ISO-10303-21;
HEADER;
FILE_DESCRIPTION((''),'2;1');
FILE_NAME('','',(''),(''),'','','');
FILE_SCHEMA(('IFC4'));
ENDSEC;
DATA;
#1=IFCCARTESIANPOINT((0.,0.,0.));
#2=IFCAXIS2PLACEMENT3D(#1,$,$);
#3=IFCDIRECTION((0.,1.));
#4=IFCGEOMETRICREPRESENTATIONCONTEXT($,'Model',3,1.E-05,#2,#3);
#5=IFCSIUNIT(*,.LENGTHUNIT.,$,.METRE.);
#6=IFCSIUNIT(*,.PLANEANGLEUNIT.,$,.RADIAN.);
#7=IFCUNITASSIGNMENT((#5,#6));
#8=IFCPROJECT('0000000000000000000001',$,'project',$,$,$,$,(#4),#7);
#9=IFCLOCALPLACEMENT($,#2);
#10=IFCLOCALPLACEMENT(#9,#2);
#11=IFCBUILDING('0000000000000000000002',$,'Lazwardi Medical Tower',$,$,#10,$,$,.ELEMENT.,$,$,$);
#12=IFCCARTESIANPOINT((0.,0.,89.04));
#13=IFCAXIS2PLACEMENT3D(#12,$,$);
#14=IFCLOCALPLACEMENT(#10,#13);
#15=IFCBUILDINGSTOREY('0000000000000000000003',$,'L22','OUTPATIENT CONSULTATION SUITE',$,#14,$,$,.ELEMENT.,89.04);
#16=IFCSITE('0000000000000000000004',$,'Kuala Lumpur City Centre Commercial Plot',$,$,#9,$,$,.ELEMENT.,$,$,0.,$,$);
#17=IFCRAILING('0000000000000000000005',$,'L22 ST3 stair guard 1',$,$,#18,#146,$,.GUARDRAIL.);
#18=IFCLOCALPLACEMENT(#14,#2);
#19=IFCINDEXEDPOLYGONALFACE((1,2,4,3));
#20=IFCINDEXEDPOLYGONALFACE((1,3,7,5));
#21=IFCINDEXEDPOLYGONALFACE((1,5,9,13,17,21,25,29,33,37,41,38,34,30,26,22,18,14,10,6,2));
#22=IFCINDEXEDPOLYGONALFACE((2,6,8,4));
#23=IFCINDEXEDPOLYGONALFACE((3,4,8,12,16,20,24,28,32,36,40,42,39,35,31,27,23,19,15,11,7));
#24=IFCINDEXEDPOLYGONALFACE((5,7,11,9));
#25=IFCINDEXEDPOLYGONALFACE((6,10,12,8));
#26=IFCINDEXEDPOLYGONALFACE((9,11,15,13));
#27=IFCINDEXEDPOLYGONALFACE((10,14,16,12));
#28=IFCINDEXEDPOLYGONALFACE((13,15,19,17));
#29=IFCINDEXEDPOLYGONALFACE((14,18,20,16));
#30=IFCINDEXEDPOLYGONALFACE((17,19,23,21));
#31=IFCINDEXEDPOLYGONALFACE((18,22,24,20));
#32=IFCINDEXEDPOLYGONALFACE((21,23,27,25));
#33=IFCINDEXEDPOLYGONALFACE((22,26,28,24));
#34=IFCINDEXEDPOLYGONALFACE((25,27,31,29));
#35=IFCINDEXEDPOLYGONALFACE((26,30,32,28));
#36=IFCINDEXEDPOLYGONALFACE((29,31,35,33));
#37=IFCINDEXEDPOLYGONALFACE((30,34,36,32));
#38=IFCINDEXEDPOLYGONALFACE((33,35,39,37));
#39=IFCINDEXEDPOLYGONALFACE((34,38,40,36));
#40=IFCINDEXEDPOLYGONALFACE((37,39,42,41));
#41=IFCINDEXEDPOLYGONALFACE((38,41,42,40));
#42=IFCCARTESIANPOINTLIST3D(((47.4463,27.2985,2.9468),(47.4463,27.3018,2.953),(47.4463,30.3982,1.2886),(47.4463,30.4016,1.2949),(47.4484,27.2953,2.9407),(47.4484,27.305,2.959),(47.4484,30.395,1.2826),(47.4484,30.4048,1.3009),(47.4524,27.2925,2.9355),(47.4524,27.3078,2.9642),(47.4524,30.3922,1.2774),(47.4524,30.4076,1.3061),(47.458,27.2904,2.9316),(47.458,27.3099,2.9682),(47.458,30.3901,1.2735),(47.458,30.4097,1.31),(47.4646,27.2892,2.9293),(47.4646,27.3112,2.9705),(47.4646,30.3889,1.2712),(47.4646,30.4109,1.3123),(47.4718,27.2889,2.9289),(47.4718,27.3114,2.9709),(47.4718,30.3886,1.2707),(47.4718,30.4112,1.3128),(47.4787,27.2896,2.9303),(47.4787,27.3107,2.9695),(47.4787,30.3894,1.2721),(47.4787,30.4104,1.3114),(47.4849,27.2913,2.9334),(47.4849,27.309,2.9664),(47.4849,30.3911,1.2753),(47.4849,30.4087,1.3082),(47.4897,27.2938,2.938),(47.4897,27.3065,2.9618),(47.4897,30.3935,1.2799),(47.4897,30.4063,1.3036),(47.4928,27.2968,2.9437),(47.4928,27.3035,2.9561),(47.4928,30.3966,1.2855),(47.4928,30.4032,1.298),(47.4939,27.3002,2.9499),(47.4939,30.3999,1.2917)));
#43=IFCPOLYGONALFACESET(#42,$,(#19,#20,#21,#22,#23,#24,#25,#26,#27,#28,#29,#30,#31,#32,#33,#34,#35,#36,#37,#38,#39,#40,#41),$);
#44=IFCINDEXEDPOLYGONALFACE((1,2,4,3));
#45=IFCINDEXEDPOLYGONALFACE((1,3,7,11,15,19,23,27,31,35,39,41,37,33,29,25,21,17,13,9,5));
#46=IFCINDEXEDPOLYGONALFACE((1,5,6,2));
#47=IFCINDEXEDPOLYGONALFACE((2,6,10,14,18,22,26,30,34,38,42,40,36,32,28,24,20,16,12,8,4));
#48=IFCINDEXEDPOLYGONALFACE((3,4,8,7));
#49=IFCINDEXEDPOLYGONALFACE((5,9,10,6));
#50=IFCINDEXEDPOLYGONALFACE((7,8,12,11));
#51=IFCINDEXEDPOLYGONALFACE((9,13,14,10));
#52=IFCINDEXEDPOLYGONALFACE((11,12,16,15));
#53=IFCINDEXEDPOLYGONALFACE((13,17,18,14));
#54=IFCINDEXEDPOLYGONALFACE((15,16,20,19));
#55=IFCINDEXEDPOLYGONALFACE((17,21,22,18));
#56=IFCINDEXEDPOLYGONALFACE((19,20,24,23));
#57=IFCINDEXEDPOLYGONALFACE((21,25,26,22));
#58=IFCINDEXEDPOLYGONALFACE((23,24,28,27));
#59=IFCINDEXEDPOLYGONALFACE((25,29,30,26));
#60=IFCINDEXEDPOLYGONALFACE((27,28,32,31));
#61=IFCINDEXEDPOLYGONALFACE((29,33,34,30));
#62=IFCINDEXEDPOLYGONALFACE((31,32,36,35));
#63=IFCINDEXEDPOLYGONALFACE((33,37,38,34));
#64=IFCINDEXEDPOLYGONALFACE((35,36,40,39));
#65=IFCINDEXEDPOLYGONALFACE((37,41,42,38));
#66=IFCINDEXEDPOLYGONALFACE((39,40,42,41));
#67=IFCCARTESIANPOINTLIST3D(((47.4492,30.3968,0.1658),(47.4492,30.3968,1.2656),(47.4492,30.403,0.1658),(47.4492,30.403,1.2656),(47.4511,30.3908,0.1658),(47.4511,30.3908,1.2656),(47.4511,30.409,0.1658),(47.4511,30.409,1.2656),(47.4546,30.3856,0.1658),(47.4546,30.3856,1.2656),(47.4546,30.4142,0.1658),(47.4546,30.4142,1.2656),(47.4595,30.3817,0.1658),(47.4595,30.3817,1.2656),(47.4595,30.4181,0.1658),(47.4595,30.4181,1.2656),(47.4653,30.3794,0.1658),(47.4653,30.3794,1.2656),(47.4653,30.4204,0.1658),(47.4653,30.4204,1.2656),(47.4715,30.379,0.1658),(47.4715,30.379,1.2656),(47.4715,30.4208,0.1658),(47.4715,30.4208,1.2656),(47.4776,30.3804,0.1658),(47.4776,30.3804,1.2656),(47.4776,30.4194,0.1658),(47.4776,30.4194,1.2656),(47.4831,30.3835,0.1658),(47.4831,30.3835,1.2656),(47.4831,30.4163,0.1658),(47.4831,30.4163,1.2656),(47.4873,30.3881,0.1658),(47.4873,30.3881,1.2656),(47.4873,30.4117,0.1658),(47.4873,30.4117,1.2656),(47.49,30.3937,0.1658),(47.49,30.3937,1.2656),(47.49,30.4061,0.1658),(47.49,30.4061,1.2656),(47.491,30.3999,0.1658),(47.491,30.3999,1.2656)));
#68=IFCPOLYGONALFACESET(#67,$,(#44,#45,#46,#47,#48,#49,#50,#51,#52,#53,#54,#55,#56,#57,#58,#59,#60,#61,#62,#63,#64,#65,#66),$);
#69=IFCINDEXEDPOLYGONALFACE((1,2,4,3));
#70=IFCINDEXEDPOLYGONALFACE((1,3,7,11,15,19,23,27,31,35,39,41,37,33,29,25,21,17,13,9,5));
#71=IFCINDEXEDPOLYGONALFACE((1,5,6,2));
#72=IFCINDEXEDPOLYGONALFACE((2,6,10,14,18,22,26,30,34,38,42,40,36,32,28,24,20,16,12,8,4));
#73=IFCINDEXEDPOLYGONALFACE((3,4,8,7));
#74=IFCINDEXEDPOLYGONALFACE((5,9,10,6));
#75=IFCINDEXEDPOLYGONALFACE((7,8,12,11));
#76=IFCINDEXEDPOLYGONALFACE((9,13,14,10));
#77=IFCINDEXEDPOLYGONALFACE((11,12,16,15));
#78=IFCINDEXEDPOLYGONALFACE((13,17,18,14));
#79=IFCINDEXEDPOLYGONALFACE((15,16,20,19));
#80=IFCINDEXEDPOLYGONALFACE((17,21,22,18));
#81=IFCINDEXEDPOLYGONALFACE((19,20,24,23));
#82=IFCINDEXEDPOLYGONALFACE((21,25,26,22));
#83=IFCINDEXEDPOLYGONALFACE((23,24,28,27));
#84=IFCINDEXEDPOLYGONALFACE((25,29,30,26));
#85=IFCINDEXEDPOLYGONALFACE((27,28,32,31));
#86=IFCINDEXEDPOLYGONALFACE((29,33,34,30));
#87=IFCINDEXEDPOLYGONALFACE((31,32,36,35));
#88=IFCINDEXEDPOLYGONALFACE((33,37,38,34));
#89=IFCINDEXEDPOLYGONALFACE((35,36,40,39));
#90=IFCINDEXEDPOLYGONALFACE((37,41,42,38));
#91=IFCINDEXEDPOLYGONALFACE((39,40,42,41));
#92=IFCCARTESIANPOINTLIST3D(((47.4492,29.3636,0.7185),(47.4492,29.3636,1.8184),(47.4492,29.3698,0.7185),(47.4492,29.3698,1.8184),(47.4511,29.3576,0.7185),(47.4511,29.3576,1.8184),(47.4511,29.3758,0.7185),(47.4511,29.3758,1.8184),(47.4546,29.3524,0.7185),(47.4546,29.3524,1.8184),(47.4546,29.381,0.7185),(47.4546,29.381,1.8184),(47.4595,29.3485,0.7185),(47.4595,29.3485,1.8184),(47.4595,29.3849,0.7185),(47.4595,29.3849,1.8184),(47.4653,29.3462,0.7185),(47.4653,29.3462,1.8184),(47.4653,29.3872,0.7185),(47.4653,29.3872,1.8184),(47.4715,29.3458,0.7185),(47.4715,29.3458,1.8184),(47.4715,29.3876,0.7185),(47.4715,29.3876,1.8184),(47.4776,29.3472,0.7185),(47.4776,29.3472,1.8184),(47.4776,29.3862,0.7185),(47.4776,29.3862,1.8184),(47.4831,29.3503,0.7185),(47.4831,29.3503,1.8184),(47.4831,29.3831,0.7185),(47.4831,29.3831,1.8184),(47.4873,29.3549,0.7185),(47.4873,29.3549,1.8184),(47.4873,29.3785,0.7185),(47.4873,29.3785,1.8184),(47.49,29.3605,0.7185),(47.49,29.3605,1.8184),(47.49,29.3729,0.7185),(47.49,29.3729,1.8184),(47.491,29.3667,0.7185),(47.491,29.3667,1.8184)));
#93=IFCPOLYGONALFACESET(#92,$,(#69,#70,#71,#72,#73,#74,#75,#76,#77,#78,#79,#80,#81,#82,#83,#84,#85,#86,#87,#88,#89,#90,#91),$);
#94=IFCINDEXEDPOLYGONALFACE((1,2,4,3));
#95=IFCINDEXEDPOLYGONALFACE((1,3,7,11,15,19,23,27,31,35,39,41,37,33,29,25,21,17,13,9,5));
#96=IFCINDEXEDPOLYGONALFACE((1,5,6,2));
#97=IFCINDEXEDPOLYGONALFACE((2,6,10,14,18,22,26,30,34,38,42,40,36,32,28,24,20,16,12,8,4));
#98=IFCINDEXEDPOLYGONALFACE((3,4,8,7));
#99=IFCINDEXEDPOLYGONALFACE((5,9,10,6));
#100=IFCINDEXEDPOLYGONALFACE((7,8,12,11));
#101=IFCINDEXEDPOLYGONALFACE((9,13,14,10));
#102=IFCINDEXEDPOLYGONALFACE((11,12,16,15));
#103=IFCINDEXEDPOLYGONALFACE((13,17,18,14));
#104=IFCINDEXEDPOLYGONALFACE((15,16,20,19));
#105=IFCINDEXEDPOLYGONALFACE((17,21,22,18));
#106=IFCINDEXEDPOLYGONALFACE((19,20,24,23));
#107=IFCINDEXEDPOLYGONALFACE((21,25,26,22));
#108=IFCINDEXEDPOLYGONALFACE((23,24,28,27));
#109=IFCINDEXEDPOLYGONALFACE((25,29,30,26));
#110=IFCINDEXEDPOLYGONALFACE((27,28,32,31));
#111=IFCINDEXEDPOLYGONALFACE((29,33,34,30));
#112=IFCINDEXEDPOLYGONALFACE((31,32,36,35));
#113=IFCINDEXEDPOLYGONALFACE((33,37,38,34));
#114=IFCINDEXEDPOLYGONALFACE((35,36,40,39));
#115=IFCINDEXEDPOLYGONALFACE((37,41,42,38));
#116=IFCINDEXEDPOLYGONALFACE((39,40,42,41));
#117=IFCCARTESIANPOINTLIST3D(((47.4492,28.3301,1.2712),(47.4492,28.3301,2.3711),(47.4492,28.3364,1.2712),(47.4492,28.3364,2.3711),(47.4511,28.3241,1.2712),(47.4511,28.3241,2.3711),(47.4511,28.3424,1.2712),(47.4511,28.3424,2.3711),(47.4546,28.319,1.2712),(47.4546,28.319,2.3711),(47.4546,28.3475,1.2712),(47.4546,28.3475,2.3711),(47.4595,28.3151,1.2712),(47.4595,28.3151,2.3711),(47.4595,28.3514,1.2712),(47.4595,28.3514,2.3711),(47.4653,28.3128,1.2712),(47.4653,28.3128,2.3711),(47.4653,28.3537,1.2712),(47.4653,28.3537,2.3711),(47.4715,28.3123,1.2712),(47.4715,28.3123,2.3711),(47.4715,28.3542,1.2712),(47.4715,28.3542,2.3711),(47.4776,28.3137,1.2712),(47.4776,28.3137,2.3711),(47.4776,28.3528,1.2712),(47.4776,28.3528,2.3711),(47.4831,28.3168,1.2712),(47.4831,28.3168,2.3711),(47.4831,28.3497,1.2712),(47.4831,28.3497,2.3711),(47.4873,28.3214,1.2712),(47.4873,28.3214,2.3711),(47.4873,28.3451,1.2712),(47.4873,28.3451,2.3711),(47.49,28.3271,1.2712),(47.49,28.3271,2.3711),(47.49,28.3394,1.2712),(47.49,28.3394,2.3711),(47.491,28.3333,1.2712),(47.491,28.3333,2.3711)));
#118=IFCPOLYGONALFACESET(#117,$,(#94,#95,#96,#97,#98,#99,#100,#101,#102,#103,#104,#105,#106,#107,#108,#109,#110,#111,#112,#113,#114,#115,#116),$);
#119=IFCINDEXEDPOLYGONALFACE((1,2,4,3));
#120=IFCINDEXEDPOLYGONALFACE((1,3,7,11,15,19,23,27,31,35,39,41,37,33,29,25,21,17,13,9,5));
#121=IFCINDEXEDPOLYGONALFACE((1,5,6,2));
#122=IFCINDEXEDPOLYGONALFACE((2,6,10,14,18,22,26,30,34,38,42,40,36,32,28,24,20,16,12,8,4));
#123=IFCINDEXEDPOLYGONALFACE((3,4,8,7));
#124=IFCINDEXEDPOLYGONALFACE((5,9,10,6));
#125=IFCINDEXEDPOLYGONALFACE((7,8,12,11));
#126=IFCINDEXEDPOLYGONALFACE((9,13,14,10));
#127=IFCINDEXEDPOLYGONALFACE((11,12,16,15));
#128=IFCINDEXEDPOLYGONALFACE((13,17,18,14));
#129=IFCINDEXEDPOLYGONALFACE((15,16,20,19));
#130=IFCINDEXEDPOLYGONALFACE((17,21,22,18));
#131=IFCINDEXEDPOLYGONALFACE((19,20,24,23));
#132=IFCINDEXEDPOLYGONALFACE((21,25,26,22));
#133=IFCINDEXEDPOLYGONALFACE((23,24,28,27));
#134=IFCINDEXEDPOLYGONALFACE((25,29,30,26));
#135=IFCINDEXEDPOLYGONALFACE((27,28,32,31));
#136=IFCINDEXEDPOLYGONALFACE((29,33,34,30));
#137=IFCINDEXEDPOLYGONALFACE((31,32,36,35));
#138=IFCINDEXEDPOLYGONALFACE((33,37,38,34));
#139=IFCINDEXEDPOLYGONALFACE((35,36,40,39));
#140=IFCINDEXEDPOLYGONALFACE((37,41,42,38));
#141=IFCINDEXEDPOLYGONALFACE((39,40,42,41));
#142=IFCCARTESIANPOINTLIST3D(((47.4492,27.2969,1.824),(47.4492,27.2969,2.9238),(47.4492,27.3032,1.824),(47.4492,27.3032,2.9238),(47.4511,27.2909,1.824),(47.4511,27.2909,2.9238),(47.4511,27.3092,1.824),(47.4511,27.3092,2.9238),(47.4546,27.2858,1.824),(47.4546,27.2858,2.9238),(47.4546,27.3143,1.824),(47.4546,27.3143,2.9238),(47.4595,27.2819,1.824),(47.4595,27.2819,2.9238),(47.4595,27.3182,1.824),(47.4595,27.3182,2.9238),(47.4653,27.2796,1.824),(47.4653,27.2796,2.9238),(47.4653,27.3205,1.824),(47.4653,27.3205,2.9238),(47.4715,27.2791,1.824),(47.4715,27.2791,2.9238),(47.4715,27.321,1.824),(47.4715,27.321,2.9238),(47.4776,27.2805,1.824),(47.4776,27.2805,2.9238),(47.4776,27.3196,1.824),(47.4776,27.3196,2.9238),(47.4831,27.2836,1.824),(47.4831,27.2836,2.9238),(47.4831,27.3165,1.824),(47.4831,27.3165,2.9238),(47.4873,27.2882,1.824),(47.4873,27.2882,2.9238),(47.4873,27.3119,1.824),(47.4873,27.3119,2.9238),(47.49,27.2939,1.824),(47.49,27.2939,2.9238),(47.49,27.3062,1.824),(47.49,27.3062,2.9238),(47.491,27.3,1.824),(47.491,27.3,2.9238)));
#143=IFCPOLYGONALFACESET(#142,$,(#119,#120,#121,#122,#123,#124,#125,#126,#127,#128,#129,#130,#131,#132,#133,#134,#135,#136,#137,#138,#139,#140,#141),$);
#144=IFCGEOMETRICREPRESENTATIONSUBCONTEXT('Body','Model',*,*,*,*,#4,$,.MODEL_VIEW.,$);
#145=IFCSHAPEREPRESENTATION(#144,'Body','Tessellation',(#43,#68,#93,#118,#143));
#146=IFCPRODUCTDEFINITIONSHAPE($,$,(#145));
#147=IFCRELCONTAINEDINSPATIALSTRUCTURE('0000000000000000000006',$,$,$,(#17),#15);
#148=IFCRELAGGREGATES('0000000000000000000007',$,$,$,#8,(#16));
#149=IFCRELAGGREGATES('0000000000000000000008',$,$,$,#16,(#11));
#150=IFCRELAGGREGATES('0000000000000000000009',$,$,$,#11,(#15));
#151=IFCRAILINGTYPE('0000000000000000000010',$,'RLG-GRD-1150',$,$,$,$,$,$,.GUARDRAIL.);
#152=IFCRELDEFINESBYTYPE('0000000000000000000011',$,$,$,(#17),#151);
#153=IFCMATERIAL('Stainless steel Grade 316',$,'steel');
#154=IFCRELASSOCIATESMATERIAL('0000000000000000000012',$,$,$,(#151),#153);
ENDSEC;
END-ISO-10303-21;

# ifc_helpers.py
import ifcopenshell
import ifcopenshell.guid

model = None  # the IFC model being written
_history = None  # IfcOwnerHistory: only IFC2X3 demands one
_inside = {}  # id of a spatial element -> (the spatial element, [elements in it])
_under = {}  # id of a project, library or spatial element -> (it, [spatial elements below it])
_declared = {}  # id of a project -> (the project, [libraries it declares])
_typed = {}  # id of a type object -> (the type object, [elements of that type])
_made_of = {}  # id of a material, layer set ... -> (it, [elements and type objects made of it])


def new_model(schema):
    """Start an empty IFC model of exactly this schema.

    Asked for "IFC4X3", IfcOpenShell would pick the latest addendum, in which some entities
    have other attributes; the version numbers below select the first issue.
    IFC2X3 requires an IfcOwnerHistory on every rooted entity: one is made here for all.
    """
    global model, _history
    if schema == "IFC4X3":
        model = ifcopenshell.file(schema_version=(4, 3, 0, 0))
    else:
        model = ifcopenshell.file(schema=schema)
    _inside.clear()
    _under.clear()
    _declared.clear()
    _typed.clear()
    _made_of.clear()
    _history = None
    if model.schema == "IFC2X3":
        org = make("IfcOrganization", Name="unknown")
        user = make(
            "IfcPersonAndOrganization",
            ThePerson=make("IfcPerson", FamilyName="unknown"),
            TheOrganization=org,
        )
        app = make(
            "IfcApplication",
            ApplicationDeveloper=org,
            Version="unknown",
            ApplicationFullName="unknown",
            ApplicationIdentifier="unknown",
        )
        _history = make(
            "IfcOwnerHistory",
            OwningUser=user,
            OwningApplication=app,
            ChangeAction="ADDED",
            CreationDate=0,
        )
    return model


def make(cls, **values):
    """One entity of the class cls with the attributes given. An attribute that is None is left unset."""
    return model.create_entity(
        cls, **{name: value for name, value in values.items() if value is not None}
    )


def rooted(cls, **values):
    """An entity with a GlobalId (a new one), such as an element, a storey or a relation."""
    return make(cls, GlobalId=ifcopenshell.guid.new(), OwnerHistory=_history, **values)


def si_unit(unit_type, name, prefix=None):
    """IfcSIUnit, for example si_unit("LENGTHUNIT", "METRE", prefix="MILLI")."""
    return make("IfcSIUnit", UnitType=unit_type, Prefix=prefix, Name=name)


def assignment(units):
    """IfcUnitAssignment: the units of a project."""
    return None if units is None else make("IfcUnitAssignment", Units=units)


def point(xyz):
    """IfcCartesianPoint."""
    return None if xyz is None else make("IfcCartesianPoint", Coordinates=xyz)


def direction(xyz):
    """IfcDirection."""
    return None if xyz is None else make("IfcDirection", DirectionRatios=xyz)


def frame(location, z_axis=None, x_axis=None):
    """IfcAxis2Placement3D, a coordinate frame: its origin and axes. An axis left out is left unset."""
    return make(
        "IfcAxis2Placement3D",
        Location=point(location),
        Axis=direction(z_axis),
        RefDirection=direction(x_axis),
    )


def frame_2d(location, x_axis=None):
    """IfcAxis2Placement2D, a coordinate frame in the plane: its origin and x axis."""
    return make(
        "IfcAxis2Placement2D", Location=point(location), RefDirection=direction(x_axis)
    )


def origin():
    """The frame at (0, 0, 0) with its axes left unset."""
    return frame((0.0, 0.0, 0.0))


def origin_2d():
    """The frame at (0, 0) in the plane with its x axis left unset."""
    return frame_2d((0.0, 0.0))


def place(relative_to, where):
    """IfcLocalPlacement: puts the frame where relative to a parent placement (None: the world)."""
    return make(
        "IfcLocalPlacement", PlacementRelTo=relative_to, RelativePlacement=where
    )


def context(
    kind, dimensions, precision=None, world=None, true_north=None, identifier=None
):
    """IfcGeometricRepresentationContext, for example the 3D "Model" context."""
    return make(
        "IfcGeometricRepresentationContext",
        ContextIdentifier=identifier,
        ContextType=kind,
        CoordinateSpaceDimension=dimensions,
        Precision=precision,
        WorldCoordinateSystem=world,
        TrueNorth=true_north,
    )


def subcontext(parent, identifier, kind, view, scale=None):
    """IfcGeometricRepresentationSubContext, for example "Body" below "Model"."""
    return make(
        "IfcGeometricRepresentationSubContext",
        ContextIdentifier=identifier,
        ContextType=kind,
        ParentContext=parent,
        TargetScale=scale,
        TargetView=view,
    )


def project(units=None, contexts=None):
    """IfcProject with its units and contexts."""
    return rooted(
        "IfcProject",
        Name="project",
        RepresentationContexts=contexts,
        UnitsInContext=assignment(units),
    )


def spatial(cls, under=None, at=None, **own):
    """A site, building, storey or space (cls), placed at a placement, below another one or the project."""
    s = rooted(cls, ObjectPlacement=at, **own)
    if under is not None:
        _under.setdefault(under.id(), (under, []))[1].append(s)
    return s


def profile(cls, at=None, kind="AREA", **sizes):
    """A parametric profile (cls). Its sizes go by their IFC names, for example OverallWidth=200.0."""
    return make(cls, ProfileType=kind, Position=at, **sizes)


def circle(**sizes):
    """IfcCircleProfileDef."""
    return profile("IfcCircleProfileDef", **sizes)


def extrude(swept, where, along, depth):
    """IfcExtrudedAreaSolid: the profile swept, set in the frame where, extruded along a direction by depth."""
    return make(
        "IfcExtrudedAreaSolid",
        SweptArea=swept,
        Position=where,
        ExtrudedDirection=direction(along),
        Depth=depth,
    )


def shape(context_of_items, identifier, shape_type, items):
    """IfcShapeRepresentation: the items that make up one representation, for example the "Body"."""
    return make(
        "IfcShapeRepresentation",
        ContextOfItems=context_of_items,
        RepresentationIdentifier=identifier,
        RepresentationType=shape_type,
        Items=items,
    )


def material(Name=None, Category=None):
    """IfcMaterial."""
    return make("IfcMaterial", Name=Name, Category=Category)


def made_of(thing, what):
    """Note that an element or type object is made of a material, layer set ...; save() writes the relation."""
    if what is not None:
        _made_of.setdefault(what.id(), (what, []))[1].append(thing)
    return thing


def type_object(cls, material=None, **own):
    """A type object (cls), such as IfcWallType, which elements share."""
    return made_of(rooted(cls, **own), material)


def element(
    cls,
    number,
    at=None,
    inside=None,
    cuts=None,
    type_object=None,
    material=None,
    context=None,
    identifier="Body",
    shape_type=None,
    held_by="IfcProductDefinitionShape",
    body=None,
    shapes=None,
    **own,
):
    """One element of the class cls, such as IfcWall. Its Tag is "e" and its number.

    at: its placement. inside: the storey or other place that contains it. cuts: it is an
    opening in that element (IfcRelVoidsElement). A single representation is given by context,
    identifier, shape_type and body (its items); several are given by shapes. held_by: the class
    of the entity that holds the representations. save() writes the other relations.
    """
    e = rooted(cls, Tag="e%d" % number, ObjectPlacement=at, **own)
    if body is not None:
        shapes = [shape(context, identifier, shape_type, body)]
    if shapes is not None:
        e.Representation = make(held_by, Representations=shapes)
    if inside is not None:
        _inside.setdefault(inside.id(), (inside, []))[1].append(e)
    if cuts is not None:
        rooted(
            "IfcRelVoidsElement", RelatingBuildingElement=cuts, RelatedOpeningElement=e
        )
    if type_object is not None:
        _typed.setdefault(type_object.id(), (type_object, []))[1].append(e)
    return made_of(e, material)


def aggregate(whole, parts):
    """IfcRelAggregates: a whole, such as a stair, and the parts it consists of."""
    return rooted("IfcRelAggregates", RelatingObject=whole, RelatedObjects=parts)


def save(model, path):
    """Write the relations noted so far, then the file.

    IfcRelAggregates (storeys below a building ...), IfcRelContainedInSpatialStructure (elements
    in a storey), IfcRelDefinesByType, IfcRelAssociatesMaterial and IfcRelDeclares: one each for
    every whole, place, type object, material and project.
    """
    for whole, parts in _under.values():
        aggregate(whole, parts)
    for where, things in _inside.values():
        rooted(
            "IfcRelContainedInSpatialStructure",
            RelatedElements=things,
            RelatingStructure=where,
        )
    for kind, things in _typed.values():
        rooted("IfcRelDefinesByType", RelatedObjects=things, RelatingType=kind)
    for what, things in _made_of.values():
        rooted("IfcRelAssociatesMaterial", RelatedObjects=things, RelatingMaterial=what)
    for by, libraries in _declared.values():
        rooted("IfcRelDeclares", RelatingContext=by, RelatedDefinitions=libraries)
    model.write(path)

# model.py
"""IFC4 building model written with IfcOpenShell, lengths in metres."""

from ifc_helpers import new_model, si_unit, direction, frame, origin, origin_2d, place, context, subcontext, project, spatial, circle, extrude, material, type_object, element, save


model = new_model("IFC4")

# Units and contexts
model_context = context("Model", 3, precision=1e-05, world=origin(), true_north=direction((0.0, 1.0)))
body_context = subcontext(model_context, "Body", "Model", "MODEL_VIEW")
ifc_project = project(units=[si_unit("LENGTHUNIT", "METRE"), si_unit("PLANEANGLEUNIT", "RADIAN")], contexts=[model_context])

# Site, building, storey
site_placement = place(None, origin())
site = spatial("IfcSite", under=ifc_project, at=site_placement, Name="Kuala Lumpur City Centre Commercial Plot", CompositionType="ELEMENT", RefElevation=0.0)
building_placement = place(site_placement, origin())
building = spatial("IfcBuilding", under=site, at=building_placement, Name="Lazwardi Medical Tower", CompositionType="ELEMENT")
storey_placement = place(building_placement, frame((0.0, 0.0, 89.04)))
storey = spatial("IfcBuildingStorey", under=building, at=storey_placement, Name="L22", Description="OUTPATIENT CONSULTATION SUITE", CompositionType="ELEMENT", Elevation=89.04)

# Railing
ifc_material_1 = material(Name="Stainless steel Grade 316", Category="steel")
railing_type_1 = type_object("IfcRailingType", Name="RLG-GRD-1150", PredefinedType="GUARDRAIL", material=ifc_material_1)
railing_1_placement = place(storey_placement, frame((47.47, 30.3999, 0.1658)))
element("IfcRailing", 1, at=railing_1_placement, inside=storey, type_object=railing_type_1, Name="L22 ST3 stair guard 1", PredefinedType="GUARDRAIL", context=body_context, shape_type="SweptSolid", body=[
    extrude(circle(Radius=0.0239, at=origin_2d()), frame((0.0, 0.0, 1.126), z_axis=(0.0, -0.881768, 0.471684), x_axis=(1.0, 0.0, 0.0)), (0.0, 0.0, 1.0), 3.5154),
    extrude(circle(Radius=0.021, at=origin_2d()), origin(), (0.0, 0.0, 1.0), 1.0999),
    extrude(circle(Radius=0.021, at=origin_2d()), frame((0.0, -1.0332, 0.5527)), (0.0, 0.0, 1.0), 1.0999),
    extrude(circle(Radius=0.021, at=origin_2d()), frame((0.0, -2.0667, 1.1055)), (0.0, 0.0, 1.0), 1.0999),
    extrude(circle(Radius=0.021, at=origin_2d()), frame((0.0, -3.0999, 1.6582)), (0.0, 0.0, 1.0), 1.0999),
])

save(model, "model.ifc")
